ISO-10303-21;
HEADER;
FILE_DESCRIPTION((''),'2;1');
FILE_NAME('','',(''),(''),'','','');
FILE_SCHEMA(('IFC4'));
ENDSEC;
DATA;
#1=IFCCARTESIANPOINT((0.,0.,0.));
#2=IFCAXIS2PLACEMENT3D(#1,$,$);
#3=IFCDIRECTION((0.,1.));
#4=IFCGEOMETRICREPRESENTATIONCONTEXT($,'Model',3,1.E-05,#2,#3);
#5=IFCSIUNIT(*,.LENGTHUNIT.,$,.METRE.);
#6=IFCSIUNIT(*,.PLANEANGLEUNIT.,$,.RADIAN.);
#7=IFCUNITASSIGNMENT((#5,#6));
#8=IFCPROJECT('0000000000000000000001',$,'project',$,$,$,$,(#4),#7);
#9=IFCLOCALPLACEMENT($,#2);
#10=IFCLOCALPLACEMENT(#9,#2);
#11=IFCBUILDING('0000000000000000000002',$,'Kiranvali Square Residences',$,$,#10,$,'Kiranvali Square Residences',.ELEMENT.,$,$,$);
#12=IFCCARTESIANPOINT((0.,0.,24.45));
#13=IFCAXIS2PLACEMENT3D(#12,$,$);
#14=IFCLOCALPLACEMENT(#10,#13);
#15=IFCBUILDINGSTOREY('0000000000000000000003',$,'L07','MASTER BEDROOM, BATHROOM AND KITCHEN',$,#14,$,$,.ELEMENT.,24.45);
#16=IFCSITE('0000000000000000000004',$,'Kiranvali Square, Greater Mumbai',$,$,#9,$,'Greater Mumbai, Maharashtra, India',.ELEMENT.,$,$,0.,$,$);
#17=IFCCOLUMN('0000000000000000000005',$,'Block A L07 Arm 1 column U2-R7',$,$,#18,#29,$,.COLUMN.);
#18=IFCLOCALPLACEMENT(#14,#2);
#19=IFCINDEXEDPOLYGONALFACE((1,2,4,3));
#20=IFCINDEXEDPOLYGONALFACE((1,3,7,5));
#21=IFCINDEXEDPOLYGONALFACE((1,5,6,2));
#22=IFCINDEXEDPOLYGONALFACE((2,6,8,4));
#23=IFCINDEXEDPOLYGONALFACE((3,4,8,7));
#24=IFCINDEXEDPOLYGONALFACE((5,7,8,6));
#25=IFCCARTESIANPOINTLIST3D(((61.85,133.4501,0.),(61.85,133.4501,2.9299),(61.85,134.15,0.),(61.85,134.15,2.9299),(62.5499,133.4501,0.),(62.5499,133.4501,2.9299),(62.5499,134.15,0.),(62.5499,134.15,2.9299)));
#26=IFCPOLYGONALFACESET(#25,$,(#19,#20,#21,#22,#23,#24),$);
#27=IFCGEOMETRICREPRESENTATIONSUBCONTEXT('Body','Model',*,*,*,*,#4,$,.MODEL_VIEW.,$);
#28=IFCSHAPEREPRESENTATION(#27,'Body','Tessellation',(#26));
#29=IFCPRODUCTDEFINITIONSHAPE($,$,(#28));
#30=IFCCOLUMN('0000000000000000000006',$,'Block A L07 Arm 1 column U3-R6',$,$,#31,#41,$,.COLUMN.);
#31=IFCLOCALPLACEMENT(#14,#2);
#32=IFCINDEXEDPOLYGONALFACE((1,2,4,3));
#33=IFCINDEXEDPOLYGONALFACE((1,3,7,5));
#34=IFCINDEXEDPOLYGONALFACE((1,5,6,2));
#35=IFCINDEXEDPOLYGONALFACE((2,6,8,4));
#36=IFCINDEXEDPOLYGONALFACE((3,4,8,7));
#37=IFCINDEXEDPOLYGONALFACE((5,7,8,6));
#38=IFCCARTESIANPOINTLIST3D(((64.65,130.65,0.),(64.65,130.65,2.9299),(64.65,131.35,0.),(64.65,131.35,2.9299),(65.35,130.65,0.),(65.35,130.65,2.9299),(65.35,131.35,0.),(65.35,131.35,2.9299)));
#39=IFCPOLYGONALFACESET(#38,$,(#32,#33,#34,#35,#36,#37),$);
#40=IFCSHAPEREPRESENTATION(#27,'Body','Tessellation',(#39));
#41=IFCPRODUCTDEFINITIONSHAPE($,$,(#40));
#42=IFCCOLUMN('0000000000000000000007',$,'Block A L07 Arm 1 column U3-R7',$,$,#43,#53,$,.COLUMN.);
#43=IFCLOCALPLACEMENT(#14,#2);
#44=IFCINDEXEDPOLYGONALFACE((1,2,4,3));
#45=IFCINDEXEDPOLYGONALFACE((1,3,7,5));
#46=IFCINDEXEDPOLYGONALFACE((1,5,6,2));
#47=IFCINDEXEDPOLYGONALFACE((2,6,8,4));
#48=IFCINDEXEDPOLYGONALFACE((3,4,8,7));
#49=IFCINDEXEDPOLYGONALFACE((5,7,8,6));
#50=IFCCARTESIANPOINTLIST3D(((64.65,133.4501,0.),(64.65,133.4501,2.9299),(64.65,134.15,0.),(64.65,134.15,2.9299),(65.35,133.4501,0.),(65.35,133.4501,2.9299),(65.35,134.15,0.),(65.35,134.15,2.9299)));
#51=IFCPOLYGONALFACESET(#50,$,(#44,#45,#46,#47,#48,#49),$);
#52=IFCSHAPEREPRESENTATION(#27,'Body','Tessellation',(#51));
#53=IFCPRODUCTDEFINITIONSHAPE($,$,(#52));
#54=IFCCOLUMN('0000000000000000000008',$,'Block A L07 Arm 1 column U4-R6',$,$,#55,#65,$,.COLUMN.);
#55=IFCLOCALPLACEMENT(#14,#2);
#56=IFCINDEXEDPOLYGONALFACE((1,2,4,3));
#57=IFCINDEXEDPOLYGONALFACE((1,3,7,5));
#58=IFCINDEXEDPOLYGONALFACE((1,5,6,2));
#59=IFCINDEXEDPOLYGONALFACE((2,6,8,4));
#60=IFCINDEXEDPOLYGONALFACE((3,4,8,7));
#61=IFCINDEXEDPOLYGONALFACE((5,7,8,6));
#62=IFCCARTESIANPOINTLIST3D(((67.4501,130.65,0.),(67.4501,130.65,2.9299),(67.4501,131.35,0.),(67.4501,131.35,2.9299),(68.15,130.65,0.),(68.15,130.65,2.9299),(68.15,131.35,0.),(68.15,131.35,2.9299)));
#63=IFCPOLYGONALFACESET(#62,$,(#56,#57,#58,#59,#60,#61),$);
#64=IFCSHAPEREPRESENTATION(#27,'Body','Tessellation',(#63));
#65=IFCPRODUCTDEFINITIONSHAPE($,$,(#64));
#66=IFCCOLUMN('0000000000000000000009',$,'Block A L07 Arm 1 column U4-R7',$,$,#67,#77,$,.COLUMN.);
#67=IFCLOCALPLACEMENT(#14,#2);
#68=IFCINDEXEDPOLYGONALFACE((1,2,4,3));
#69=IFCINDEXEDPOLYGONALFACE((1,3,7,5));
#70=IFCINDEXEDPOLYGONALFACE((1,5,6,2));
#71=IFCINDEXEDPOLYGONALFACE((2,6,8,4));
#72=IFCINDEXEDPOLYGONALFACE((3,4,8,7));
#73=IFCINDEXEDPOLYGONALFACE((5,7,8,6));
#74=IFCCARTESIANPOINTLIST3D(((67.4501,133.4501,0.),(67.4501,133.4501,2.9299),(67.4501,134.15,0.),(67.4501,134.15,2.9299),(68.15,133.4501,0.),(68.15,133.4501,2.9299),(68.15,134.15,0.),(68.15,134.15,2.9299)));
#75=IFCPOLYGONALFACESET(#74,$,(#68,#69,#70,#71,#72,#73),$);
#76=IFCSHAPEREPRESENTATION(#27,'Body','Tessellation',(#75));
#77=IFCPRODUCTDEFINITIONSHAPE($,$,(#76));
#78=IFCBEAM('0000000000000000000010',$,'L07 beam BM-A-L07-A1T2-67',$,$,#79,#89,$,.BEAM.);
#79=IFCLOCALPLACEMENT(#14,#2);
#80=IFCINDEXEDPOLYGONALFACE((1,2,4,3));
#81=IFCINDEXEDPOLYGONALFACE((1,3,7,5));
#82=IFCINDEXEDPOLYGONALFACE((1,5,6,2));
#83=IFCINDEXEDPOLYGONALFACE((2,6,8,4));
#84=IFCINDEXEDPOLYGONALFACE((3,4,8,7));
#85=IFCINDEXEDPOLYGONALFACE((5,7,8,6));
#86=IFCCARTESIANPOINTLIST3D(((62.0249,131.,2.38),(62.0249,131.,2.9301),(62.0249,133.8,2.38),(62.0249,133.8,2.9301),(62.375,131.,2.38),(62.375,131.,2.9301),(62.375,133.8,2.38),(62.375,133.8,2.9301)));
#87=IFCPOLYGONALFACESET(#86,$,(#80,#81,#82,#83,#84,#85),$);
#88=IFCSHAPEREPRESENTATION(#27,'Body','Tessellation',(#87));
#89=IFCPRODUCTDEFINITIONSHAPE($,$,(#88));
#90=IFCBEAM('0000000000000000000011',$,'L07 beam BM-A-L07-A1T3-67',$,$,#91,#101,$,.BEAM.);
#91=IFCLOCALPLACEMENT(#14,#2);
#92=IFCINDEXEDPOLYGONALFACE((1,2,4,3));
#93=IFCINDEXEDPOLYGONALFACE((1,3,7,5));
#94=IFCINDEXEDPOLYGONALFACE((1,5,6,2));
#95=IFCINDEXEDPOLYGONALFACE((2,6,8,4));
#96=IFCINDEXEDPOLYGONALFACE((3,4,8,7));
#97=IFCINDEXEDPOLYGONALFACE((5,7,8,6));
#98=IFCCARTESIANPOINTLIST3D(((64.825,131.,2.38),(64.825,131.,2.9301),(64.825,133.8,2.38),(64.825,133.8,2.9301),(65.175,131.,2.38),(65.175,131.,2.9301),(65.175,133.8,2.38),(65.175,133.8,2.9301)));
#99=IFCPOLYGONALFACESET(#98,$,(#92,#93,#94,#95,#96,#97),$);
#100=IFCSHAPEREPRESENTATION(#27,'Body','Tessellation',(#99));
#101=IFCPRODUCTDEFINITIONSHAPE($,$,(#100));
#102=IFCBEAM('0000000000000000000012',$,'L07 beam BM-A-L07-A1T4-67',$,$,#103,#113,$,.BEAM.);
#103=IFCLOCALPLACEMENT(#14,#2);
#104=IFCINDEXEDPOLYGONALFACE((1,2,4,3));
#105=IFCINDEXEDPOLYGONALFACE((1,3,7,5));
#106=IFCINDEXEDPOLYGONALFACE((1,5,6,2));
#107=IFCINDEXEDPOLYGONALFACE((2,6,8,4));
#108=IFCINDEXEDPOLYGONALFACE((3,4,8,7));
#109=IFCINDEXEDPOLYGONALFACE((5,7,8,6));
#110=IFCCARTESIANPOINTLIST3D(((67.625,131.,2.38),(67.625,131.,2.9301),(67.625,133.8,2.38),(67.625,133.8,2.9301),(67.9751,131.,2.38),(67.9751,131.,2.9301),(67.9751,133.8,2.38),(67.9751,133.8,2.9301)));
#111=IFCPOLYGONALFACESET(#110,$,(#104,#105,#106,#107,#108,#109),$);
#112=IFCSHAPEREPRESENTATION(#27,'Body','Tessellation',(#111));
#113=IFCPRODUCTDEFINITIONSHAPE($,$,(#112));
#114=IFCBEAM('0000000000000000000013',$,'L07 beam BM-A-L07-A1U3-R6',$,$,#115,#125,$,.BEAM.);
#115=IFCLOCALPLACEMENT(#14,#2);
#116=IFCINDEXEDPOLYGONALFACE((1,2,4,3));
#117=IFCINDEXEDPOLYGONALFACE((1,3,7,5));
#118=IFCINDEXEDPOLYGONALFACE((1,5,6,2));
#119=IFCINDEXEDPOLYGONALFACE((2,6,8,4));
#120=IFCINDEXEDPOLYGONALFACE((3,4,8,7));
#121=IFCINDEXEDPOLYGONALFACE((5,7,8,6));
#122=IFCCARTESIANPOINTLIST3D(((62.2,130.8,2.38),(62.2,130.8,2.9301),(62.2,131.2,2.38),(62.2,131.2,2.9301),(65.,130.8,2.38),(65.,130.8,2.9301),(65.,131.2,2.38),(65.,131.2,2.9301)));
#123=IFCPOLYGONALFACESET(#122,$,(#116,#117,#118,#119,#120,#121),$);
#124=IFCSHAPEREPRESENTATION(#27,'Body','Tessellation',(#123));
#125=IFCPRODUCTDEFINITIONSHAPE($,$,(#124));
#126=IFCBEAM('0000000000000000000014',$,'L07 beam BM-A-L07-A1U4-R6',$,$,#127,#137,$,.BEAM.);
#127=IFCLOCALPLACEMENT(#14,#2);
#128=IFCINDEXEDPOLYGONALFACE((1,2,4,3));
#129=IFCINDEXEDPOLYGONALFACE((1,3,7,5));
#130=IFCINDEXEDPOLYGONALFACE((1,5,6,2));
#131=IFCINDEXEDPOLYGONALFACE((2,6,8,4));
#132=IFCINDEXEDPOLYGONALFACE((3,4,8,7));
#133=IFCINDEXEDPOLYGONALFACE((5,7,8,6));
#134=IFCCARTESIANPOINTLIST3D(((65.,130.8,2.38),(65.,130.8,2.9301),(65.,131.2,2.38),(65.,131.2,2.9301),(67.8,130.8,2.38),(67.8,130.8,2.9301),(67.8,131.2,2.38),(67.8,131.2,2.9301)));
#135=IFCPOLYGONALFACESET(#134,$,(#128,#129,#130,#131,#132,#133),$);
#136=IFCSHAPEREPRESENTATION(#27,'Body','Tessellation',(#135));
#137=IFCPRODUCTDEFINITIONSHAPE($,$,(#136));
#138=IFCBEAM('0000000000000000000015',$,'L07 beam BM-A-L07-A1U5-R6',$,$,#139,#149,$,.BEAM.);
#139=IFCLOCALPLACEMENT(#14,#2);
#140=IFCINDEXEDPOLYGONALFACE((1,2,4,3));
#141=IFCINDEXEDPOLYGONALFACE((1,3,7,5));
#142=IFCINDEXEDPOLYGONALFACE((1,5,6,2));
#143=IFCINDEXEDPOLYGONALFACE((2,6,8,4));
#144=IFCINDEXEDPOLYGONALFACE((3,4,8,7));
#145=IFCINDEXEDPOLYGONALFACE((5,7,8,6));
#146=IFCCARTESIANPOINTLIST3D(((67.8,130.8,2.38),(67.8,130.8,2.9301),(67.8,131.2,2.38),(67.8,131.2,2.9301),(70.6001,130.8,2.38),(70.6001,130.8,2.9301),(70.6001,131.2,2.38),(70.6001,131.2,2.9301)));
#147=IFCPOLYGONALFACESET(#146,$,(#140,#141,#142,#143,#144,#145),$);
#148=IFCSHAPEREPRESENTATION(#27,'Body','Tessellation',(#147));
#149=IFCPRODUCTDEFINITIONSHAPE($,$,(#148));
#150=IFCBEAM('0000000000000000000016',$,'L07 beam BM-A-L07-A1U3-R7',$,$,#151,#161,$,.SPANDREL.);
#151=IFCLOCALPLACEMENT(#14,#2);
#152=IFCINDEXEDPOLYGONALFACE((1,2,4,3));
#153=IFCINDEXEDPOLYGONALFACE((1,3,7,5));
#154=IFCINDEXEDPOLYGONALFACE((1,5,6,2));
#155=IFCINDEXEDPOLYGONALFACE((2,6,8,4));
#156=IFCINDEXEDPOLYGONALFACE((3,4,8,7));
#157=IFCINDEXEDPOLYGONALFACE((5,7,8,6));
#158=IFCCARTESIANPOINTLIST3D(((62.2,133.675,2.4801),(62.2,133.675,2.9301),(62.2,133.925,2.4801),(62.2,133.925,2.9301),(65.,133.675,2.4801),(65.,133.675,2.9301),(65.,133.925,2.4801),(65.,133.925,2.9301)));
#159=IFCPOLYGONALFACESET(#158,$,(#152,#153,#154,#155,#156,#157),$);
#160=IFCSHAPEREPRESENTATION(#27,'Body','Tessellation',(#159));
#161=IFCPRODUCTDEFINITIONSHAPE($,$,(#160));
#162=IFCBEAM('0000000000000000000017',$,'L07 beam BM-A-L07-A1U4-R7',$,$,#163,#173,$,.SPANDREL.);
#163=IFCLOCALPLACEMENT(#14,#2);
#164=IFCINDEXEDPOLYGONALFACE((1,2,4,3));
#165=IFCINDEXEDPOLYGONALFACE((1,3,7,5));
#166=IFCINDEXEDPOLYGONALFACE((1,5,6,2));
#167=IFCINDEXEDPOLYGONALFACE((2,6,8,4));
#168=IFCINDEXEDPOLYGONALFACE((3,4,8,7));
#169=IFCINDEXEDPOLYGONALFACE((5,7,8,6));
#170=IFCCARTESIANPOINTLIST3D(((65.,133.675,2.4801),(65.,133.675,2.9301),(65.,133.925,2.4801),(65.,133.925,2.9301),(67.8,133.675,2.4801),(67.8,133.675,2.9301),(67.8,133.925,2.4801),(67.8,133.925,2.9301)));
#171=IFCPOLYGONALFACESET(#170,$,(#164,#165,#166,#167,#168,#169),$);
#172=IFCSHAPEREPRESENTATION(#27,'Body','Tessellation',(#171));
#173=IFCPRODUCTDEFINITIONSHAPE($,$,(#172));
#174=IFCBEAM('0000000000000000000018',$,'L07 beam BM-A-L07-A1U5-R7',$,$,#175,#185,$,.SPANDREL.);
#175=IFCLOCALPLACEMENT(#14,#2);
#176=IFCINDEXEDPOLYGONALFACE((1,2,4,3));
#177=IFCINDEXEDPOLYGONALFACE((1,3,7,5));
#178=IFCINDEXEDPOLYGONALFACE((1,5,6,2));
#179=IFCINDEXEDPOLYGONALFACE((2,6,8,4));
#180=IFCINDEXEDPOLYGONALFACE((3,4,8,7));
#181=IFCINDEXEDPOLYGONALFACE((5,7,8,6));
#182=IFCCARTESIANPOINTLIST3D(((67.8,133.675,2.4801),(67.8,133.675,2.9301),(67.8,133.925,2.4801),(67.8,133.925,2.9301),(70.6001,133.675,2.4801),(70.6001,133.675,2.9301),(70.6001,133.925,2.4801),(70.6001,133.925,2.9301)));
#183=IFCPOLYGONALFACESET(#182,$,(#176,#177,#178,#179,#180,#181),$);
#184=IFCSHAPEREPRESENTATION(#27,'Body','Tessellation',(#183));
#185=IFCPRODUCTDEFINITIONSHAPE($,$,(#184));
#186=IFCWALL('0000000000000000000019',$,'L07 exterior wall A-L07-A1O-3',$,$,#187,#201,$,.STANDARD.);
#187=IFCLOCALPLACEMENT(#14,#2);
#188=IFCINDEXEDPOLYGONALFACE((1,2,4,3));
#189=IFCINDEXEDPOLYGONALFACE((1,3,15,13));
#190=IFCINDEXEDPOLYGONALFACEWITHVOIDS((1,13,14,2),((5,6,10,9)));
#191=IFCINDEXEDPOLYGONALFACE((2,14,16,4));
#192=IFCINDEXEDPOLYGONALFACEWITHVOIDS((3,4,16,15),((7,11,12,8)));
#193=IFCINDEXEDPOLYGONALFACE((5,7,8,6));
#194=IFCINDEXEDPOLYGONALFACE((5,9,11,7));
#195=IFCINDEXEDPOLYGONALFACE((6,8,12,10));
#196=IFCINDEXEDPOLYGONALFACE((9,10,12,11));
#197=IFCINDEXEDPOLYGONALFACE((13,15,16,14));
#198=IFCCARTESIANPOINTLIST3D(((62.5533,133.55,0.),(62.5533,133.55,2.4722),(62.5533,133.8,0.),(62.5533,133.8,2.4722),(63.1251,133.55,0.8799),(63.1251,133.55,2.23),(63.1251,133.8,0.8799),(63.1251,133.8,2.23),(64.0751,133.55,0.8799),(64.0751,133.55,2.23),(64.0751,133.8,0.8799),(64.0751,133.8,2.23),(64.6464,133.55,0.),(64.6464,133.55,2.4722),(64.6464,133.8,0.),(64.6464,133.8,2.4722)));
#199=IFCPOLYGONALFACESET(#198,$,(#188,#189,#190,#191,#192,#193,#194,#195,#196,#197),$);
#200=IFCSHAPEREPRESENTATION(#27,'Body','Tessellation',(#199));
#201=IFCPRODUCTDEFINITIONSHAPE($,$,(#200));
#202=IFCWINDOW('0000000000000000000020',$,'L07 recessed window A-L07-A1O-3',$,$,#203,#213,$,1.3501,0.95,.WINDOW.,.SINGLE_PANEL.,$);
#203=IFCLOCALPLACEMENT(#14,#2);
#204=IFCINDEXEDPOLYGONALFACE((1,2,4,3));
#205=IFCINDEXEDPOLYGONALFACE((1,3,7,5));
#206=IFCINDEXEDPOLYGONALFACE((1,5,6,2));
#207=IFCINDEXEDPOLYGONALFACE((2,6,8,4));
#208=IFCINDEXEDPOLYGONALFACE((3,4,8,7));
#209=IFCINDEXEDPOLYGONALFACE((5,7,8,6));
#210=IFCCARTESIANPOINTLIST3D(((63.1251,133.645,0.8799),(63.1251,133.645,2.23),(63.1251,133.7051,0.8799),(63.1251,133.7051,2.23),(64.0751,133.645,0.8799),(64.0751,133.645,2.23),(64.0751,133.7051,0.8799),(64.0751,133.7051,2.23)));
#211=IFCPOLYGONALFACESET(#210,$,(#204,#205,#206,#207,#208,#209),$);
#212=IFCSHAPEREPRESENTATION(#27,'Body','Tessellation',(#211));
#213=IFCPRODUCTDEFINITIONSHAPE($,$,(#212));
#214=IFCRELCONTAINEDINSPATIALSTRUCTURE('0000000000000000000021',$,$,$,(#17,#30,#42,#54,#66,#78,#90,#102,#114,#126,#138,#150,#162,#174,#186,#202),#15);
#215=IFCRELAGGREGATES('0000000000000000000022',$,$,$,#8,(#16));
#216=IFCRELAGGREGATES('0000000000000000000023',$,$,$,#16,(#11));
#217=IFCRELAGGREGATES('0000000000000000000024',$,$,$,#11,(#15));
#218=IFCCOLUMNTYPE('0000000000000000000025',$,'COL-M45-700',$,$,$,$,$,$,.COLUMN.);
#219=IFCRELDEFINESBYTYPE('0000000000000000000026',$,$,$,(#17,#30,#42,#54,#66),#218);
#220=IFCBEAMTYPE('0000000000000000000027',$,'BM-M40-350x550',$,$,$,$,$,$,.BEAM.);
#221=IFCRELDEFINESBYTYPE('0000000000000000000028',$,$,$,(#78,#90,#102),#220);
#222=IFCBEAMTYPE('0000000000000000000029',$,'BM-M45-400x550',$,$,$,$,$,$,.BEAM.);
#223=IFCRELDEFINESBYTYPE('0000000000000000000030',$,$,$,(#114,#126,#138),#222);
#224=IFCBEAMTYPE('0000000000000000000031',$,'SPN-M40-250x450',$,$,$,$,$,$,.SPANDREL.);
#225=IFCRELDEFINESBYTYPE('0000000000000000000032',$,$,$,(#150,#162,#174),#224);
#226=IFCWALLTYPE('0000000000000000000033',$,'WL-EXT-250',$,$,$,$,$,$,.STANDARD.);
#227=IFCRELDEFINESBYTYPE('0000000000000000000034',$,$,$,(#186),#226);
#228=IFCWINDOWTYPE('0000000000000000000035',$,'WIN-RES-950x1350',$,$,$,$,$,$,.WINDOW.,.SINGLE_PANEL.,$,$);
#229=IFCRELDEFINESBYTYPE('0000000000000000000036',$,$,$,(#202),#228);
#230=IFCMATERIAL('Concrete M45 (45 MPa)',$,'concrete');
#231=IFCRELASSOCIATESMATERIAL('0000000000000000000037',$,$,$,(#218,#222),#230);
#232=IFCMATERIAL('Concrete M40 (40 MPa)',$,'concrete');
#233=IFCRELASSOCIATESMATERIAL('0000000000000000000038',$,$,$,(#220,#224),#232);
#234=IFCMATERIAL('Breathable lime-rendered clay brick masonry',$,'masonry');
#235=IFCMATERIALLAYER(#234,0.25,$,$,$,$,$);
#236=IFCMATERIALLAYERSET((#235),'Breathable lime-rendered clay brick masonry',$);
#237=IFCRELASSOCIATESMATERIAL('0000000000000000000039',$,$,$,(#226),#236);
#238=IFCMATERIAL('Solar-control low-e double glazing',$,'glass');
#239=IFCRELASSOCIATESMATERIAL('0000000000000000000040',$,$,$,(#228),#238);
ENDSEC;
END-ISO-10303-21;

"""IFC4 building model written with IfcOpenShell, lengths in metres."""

from ifc_helpers import new_model, si_unit, direction, frame, frame_2d, origin, origin_2d, place, context, subcontext, project, spatial, rectangle, extrude, material, layer, layer_set, material_profile, profile_set, type_object, element, fill, save


model = new_model("IFC4")

# Units and contexts
model_context = context("Model", 3, precision=1e-05, world=origin(), true_north=direction((0.0, 1.0)))
body_context = subcontext(model_context, "Body", "Model", "MODEL_VIEW")
ifc_project = project(units=[si_unit("LENGTHUNIT", "METRE"), si_unit("PLANEANGLEUNIT", "RADIAN")], contexts=[model_context])

# Site, building, storey
site_placement = place(None, origin())
site = spatial("IfcSite", under=ifc_project, at=site_placement, Name="Kiranvali Square, Greater Mumbai", LongName="Greater Mumbai, Maharashtra, India", CompositionType="ELEMENT", RefElevation=0.0)
building_placement = place(site_placement, origin())
building = spatial("IfcBuilding", under=site, at=building_placement, Name="Kiranvali Square Residences", LongName="Kiranvali Square Residences", CompositionType="ELEMENT")
storey_placement = place(building_placement, frame((0.0, 0.0, 24.45)))
storey = spatial("IfcBuildingStorey", under=building, at=storey_placement, Name="L07", Description="MASTER BEDROOM, BATHROOM AND KITCHEN", CompositionType="ELEMENT", Elevation=24.45)

# Columns
ifc_material_1 = material(Name="Concrete M45 (45 MPa)", Category="concrete")
ifc_material_profile_1 = material_profile(ifc_material_1, rectangle(XDim=0.7, YDim=0.7, at=origin_2d()), Name="RC 700x700")
ifc_profile_set_1 = profile_set([ifc_material_profile_1], Name="Concrete M45 (45 MPa)")
column_type = type_object("IfcColumnType", Name="COL-M45-700", PredefinedType="COLUMN", material=ifc_profile_set_1)
for number, where, z_axis, x_axis, name in (
    (1, (62.2, 133.8, 0.0), (0.0, 0.0, 1.0), (1.0, 0.0, 0.0), "Block A L07 Arm 1 column U2-R7"),
    (2, (65.0, 131.0, 0.0), (0.0, 0.0, 1.0), (1.0, 0.0, 0.0), "Block A L07 Arm 1 column U3-R6"),
    (3, (65.0, 133.8, 0.0), (0.0, 0.0, 1.0), (1.0, 0.0, 0.0), "Block A L07 Arm 1 column U3-R7"),
    (4, (67.8, 131.0, 0.0), (0.0, 0.0, 1.0), (1.0, 0.0, 0.0), "Block A L07 Arm 1 column U4-R6"),
    (5, (67.8, 133.8, 0.0), (0.0, 0.0, 1.0), (1.0, 0.0, 0.0), "Block A L07 Arm 1 column U4-R7"),
):
    element("IfcColumn", number, at=place(storey_placement, frame(where, z_axis=z_axis, x_axis=x_axis)), inside=storey, type_object=column_type, Name=name, PredefinedType="COLUMN", context=body_context, shape_type="SweptSolid", body=[
        extrude(rectangle(XDim=0.7, YDim=0.7, at=origin_2d()), origin(), (0.0, 0.0, 1.0), 2.9299),
    ])

# Beams
ifc_material_2 = material(Name="Concrete M40 (40 MPa)", Category="concrete")
ifc_material_profile_2 = material_profile(ifc_material_2, rectangle(XDim=0.3501, YDim=0.55, at=origin_2d()), Name="RC 350x550")
ifc_profile_set_2 = profile_set([ifc_material_profile_2], Name="Concrete M40 (40 MPa)")
beam_type_1 = type_object("IfcBeamType", Name="BM-M40-350x550", PredefinedType="BEAM", material=ifc_profile_set_2)
for number, where, z_axis, x_axis, name in (
    (6, (62.2, 131.0, 2.655), (0.0, 1.0, 0.0), (-1.0, 0.0, 0.0), "L07 beam BM-A-L07-A1T2-67"),
    (7, (65.0, 131.0, 2.655), (0.0, 1.0, 0.0), (-1.0, 0.0, 0.0), "L07 beam BM-A-L07-A1T3-67"),
    (8, (67.8, 131.0, 2.655), (0.0, 1.0, 0.0), (-1.0, 0.0, 0.0), "L07 beam BM-A-L07-A1T4-67"),
):
    element("IfcBeam", number, at=place(storey_placement, frame(where, z_axis=z_axis, x_axis=x_axis)), inside=storey, type_object=beam_type_1, Name=name, PredefinedType="BEAM", context=body_context, shape_type="SweptSolid", body=[
        extrude(rectangle(XDim=0.3501, YDim=0.55, at=origin_2d()), origin(), (0.0, 0.0, 1.0), 2.8),
    ])
ifc_material_profile_3 = material_profile(ifc_material_1, rectangle(XDim=0.3999, YDim=0.55, at=origin_2d()), Name="RC 400x550")
ifc_profile_set_3 = profile_set([ifc_material_profile_3], Name="Concrete M45 (45 MPa)")
beam_type_2 = type_object("IfcBeamType", Name="BM-M45-400x550", PredefinedType="BEAM", material=ifc_profile_set_3)
for number, where, z_axis, x_axis, name in (
    (9, (62.2, 131.0, 2.655), (1.0, 0.0, 0.0), (0.0, 1.0, 0.0), "L07 beam BM-A-L07-A1U3-R6"),
    (10, (65.0, 131.0, 2.655), (1.0, 0.0, 0.0), (0.0, 1.0, 0.0), "L07 beam BM-A-L07-A1U4-R6"),
    (11, (67.8, 131.0, 2.655), (1.0, 0.0, 0.0), (0.0, 1.0, 0.0), "L07 beam BM-A-L07-A1U5-R6"),
):
    element("IfcBeam", number, at=place(storey_placement, frame(where, z_axis=z_axis, x_axis=x_axis)), inside=storey, type_object=beam_type_2, Name=name, PredefinedType="BEAM", context=body_context, shape_type="SweptSolid", body=[
        extrude(rectangle(XDim=0.3999, YDim=0.55, at=origin_2d()), origin(), (0.0, 0.0, 1.0), 2.8),
    ])
ifc_material_profile_4 = material_profile(ifc_material_2, rectangle(XDim=0.25, YDim=0.45, at=origin_2d()), Name="RC 250x450")
ifc_profile_set_4 = profile_set([ifc_material_profile_4], Name="Concrete M40 (40 MPa)")
beam_type_3 = type_object("IfcBeamType", Name="SPN-M40-250x450", PredefinedType="SPANDREL", material=ifc_profile_set_4)
for number, where, z_axis, x_axis, name in (
    (12, (62.2, 133.8, 2.7051), (1.0, 0.0, 0.0), (0.0, 1.0, 0.0), "L07 beam BM-A-L07-A1U3-R7"),
    (13, (65.0, 133.8, 2.7051), (1.0, 0.0, 0.0), (0.0, 1.0, 0.0), "L07 beam BM-A-L07-A1U4-R7"),
    (14, (67.8, 133.8, 2.7051), (1.0, 0.0, 0.0), (0.0, 1.0, 0.0), "L07 beam BM-A-L07-A1U5-R7"),
):
    element("IfcBeam", number, at=place(storey_placement, frame(where, z_axis=z_axis, x_axis=x_axis)), inside=storey, type_object=beam_type_3, Name=name, PredefinedType="SPANDREL", context=body_context, shape_type="SweptSolid", body=[
        extrude(rectangle(XDim=0.25, YDim=0.45, at=origin_2d()), origin(), (0.0, 0.0, 1.0), 2.8),
    ])

# Wall, opening, window
ifc_material_3 = material(Name="Breathable lime-rendered clay brick masonry", Category="masonry")
ifc_layer = layer(ifc_material_3, 0.25)
ifc_layer_set = layer_set([ifc_layer], Name="Breathable lime-rendered clay brick masonry")
wall_type = type_object("IfcWallType", Name="WL-EXT-250", PredefinedType="STANDARD", material=ifc_layer_set)
wall_1_placement = place(storey_placement, frame((62.5535, 133.675, 0.0), z_axis=(0.0, 0.0, 1.0), x_axis=(1.0, 0.0, 0.0)))
wall_1 = element("IfcWall", 15, at=wall_1_placement, inside=storey, type_object=wall_type, Name="L07 exterior wall A-L07-A1O-3", PredefinedType="STANDARD", context=body_context, shape_type="SweptSolid", body=[
    extrude(rectangle(XDim=2.093, YDim=0.25, at=frame_2d((1.0464, 0.0))), origin(), (0.0, 0.0, 1.0), 2.4722),
])
opening_1_placement = place(wall_1_placement, frame((0.5715, 0.0, 0.8799)))
opening_1 = element("IfcOpeningElement", 16, at=opening_1_placement, cuts=wall_1, PredefinedType="OPENING", context=body_context, shape_type="SweptSolid", body=[
    extrude(rectangle(XDim=0.95, YDim=1.3501, at=frame_2d((0.4751, 0.675))), frame((0.0, 0.135, 0.0), z_axis=(0.0, -1.0, 0.0), x_axis=(1.0, 0.0, 0.0)), (0.0, 0.0, 1.0), 0.27),
])
ifc_material_4 = material(Name="Solar-control low-e double glazing", Category="glass")
window_type_1 = type_object("IfcWindowType", Name="WIN-RES-950x1350", PartitioningType="SINGLE_PANEL", PredefinedType="WINDOW", material=ifc_material_4)
window_1_placement = place(opening_1_placement, origin())
window_1 = element("IfcWindow", 17, at=window_1_placement, inside=storey, type_object=window_type_1, Name="L07 recessed window A-L07-A1O-3", OverallHeight=1.3501, OverallWidth=0.95, PartitioningType="SINGLE_PANEL", PredefinedType="WINDOW", context=body_context, shape_type="SweptSolid", body=[
    extrude(rectangle(XDim=0.95, YDim=1.3501, at=frame_2d((0.4751, 0.675))), frame((0.0, 0.03, 0.0), z_axis=(0.0, -1.0, 0.0), x_axis=(1.0, 0.0, 0.0)), (0.0, 0.0, 1.0), 0.0601),
])
fill(opening_1, window_1)

save(model, "model.ifc")
